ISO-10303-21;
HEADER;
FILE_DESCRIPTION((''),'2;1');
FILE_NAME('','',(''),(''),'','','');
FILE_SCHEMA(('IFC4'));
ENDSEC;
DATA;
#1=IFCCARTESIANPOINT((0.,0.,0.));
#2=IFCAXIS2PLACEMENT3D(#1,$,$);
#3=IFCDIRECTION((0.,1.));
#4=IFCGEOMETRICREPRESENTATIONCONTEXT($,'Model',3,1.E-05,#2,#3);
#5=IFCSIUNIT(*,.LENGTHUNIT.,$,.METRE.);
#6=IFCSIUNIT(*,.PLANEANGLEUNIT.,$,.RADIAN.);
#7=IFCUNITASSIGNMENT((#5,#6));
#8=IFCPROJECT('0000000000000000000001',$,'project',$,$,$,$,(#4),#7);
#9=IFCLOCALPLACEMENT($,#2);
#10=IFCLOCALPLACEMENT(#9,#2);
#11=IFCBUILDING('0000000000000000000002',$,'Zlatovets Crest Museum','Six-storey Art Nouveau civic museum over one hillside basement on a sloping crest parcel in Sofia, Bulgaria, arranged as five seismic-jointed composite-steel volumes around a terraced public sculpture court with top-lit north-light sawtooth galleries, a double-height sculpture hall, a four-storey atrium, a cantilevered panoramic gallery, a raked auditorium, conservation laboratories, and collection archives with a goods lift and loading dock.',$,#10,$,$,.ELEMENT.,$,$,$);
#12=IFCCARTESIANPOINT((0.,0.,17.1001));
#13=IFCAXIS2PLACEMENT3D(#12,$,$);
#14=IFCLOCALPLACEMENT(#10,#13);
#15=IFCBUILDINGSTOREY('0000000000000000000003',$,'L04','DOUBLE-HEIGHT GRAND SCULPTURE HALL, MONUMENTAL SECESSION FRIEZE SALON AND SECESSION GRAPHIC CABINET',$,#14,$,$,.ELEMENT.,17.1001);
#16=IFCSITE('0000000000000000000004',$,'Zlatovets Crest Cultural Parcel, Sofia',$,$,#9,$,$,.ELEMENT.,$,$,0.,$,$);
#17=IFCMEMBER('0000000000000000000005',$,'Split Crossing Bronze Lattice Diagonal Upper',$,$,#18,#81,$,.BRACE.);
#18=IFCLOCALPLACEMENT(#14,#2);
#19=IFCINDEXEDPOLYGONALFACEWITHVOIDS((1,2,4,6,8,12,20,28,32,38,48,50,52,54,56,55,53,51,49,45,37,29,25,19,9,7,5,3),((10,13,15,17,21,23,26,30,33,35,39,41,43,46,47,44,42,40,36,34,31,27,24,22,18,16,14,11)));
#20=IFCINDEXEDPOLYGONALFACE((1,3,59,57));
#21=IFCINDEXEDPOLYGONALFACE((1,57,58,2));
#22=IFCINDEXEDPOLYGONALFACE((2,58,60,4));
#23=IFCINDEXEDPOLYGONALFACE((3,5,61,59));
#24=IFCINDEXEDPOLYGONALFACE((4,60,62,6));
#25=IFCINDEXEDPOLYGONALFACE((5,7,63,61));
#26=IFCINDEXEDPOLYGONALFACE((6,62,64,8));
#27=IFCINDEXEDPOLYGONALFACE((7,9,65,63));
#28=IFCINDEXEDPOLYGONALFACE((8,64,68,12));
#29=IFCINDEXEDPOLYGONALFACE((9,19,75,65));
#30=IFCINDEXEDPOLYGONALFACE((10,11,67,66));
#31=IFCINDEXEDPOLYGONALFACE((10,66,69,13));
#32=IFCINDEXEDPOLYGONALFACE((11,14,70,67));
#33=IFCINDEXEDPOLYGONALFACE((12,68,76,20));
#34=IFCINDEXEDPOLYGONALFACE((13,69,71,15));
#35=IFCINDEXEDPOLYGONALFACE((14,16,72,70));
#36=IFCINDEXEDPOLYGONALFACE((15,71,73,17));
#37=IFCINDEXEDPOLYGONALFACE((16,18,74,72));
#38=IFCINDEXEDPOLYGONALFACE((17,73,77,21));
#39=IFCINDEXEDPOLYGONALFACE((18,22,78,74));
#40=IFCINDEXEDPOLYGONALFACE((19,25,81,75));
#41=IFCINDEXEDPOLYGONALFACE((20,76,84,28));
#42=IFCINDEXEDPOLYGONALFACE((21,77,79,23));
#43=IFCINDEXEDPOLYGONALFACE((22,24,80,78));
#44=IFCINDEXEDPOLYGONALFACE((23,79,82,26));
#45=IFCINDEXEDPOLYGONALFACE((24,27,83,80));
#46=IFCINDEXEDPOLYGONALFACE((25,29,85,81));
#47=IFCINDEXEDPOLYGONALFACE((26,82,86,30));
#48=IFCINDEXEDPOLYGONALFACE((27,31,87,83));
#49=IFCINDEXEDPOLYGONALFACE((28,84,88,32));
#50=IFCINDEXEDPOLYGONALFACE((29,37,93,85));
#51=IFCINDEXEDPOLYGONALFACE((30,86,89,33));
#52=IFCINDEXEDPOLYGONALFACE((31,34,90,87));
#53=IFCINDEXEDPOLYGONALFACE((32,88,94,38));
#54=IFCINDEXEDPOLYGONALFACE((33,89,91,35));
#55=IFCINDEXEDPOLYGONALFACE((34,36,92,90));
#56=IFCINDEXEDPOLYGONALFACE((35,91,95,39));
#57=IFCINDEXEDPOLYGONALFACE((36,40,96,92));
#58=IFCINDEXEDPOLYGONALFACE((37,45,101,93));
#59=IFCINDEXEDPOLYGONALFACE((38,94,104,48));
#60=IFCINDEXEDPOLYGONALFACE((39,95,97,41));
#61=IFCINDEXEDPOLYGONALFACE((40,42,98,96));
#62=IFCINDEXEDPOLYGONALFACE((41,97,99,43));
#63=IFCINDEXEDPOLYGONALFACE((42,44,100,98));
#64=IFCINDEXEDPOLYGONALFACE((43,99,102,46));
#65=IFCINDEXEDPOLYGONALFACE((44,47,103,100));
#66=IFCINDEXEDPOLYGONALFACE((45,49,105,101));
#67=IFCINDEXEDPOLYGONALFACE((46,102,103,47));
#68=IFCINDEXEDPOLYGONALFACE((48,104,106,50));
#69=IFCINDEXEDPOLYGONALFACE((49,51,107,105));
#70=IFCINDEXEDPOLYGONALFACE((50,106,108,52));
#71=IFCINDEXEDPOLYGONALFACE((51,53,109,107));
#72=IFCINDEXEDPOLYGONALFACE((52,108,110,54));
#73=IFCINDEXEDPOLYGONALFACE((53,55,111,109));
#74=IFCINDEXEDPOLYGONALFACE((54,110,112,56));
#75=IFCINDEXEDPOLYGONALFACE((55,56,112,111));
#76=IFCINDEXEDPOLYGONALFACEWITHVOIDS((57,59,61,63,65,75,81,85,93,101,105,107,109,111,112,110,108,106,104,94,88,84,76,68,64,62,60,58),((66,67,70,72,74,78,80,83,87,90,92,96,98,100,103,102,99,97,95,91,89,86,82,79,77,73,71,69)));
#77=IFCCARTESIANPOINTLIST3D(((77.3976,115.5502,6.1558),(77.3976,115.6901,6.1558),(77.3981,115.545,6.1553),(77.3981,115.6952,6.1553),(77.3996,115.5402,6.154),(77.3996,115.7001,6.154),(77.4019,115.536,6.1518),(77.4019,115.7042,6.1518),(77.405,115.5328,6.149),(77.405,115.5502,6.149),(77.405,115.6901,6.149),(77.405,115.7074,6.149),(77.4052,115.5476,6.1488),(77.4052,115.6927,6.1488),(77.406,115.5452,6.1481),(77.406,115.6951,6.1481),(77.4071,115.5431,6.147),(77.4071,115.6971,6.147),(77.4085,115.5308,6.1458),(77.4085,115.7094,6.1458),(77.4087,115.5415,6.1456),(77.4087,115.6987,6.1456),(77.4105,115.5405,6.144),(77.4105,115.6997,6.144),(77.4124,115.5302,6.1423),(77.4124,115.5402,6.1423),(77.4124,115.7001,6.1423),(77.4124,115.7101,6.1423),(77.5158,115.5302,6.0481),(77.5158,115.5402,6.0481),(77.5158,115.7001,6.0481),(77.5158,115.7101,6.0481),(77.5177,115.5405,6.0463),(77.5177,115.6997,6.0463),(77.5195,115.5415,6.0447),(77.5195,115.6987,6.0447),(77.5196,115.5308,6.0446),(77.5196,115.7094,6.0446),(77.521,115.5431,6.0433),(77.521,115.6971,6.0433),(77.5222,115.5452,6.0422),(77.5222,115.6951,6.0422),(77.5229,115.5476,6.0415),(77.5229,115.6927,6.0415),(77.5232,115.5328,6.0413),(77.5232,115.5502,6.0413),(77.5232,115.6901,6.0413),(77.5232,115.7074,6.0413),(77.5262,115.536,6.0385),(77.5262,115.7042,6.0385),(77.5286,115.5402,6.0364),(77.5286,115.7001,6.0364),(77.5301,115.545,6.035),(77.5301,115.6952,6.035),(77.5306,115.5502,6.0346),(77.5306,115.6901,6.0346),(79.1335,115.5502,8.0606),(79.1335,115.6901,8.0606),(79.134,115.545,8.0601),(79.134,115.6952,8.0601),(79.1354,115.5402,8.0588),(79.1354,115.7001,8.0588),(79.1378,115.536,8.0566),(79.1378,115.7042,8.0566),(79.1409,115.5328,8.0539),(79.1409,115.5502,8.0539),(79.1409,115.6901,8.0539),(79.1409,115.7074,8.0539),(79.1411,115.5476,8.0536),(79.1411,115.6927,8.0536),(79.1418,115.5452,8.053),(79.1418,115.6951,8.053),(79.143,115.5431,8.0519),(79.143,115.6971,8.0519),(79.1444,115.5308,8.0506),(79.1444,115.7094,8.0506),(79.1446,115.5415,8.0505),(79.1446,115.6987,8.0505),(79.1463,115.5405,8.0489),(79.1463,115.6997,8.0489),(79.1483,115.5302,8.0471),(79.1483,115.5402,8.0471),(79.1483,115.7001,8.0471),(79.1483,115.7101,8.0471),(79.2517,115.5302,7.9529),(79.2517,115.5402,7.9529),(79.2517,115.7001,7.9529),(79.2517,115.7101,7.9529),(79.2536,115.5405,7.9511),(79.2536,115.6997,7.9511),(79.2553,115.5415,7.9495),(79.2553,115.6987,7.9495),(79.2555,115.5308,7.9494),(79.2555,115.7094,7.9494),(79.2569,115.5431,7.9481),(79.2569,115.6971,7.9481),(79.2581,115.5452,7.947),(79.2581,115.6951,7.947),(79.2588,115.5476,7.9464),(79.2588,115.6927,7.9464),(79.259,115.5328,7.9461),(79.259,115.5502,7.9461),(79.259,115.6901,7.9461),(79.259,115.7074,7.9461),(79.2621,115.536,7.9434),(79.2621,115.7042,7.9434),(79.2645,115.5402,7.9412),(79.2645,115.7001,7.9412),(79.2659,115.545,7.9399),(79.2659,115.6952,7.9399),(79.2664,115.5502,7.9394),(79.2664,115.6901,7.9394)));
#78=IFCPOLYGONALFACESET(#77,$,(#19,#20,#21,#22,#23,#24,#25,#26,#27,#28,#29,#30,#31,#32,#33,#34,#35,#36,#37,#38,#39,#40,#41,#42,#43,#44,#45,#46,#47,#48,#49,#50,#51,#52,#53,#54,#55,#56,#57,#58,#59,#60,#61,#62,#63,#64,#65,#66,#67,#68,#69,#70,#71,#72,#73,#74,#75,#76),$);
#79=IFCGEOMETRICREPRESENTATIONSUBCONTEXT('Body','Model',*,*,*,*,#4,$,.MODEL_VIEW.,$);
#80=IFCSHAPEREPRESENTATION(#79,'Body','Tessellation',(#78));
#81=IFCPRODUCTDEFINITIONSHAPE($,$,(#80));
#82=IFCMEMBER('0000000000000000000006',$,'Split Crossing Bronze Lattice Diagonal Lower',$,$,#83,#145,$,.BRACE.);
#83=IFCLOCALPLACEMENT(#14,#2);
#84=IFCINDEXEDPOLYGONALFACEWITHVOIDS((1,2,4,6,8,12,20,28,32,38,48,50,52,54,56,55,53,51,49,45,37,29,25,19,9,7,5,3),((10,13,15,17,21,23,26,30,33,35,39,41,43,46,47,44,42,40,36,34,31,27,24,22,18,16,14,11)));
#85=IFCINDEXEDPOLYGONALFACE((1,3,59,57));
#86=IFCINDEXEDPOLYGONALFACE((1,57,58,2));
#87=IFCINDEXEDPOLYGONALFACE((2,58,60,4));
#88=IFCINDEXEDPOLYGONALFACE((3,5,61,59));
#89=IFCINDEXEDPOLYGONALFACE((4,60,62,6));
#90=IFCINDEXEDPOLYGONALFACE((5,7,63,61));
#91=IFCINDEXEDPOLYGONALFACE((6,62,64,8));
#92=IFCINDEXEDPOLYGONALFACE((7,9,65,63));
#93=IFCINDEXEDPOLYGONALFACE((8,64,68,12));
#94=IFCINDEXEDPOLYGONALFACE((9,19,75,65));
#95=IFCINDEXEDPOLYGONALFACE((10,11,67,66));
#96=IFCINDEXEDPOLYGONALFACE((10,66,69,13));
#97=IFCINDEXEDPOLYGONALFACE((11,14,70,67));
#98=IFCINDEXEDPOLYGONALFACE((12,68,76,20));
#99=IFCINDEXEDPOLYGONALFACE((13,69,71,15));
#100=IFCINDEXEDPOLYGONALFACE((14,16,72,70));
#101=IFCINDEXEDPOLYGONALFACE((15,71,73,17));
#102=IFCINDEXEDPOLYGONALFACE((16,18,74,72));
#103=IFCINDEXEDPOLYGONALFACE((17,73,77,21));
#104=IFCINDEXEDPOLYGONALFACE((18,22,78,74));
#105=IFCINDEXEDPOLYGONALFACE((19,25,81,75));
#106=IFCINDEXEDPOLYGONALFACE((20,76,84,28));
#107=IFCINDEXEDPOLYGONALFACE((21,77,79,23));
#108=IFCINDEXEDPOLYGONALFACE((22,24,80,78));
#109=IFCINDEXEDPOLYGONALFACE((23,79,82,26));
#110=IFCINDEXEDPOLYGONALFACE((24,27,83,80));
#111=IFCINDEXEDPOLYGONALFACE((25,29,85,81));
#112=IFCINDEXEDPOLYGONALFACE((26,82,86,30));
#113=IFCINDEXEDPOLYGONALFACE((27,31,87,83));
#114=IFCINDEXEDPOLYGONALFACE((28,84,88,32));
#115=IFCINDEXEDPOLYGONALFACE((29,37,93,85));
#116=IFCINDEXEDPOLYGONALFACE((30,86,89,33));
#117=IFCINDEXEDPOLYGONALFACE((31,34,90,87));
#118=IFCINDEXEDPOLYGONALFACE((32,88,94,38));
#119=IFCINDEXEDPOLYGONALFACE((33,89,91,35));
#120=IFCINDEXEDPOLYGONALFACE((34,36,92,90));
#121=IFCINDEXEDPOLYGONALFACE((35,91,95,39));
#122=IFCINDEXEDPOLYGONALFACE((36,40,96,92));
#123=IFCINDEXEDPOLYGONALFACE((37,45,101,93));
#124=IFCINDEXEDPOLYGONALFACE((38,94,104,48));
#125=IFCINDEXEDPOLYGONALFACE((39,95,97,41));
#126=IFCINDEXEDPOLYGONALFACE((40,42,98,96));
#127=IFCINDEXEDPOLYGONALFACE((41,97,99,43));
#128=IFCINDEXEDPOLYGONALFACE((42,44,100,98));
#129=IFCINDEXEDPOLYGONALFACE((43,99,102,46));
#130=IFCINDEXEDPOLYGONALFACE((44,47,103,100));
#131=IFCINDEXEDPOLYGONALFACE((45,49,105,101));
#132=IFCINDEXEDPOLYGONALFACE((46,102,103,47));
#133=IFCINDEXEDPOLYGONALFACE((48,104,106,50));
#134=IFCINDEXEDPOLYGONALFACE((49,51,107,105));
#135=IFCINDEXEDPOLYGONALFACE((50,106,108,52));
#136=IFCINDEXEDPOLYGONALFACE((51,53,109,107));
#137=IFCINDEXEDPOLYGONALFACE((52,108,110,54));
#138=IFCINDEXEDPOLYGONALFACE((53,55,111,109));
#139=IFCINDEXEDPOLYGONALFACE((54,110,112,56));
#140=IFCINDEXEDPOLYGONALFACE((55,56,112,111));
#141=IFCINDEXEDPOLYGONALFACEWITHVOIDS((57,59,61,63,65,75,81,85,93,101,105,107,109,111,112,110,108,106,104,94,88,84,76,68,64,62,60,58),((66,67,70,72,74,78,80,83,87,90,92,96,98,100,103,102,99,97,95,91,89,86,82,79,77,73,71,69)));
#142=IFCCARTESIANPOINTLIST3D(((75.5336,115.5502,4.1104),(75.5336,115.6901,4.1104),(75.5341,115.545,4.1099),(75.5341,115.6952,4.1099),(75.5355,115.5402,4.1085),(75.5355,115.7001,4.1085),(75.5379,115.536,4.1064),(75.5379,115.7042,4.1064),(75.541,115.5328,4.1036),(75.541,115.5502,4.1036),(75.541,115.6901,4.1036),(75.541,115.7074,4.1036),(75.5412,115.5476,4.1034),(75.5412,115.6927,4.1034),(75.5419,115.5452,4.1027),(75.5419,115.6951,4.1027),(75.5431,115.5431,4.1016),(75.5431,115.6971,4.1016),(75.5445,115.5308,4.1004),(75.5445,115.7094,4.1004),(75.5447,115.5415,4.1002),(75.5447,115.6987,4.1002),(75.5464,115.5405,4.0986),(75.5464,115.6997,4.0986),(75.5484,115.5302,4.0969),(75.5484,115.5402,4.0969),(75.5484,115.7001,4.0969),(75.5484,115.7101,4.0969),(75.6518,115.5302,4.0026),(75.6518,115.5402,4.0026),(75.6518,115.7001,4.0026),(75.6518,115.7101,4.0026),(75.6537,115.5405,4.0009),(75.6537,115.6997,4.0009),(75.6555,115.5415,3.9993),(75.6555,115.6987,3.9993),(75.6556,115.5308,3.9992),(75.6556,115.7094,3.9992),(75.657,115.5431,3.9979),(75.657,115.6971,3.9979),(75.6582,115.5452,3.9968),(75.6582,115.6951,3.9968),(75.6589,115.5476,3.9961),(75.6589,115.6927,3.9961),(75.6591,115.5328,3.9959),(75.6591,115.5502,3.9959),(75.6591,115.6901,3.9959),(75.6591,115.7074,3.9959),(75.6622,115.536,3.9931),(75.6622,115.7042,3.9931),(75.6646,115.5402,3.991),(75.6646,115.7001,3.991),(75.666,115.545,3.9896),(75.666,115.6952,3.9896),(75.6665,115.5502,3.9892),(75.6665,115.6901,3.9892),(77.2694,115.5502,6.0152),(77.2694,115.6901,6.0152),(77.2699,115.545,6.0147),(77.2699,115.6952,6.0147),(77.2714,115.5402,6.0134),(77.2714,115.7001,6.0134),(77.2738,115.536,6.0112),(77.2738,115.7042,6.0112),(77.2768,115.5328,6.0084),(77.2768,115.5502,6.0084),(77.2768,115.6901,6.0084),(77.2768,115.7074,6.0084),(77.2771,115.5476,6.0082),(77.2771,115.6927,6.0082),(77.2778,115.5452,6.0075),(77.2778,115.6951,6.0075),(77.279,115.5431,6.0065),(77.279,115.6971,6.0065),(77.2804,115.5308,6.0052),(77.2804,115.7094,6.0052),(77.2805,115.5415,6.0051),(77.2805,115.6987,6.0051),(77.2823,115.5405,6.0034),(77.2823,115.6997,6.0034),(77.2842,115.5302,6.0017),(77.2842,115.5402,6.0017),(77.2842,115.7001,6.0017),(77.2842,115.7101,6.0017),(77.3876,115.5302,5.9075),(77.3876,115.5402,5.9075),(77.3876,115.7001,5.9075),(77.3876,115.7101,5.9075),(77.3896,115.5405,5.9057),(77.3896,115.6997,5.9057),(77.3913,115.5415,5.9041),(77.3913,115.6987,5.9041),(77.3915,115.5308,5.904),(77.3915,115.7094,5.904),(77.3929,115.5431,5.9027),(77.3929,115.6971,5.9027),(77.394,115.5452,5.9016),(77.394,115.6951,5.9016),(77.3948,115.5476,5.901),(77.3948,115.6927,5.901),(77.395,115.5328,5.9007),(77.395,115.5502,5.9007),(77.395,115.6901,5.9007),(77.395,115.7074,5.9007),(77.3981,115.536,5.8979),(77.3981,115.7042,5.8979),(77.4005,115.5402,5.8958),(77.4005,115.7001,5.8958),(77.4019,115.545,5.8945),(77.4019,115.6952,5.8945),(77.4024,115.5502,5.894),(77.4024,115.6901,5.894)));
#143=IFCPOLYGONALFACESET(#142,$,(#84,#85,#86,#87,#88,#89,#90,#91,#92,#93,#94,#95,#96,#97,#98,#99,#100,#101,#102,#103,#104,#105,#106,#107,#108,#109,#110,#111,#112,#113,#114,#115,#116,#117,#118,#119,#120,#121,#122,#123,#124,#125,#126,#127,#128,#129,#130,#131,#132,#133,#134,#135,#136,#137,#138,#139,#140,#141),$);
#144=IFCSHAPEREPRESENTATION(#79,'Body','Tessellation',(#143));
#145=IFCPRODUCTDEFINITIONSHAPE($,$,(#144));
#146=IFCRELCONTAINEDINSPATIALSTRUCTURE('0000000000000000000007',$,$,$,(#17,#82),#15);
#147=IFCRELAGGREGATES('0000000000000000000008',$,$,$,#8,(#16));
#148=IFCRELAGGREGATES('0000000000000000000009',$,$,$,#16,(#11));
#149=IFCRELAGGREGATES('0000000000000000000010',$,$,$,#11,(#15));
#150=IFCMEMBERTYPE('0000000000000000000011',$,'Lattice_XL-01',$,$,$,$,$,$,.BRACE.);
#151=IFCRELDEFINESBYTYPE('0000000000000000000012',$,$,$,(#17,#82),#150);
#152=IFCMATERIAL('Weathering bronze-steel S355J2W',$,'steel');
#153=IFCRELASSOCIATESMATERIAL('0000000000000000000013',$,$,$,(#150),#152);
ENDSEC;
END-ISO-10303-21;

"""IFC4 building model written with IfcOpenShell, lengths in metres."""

from ifc_helpers import new_model, si_unit, direction, frame, origin, origin_2d, place, context, subcontext, project, spatial, hollow_rectangle, extrude, material, material_profile, profile_set, type_object, element, save


model = new_model("IFC4")

# Units and contexts
model_context = context("Model", 3, precision=1e-05, world=origin(), true_north=direction((0.0, 1.0)))
body_context = subcontext(model_context, "Body", "Model", "MODEL_VIEW")
ifc_project = project(units=[si_unit("LENGTHUNIT", "METRE"), si_unit("PLANEANGLEUNIT", "RADIAN")], contexts=[model_context])

# Site, building, storey
site_placement = place(None, origin())
site = spatial("IfcSite", under=ifc_project, at=site_placement, Name="Zlatovets Crest Cultural Parcel, Sofia", CompositionType="ELEMENT", RefElevation=0.0)
building_placement = place(site_placement, origin())
building = spatial("IfcBuilding", under=site, at=building_placement, Name="Zlatovets Crest Museum", Description="Six-storey Art Nouveau civic museum over one hillside basement on a sloping crest parcel in Sofia, Bulgaria, arranged as five seismic-jointed composite-steel volumes around a terraced public sculpture court with top-lit north-light sawtooth galleries, a double-height sculpture hall, a four-storey atrium, a cantilevered panoramic gallery, a raked auditorium, conservation laboratories, and collection archives with a goods lift and loading dock.", CompositionType="ELEMENT")
storey_placement = place(building_placement, frame((0.0, 0.0, 17.1001)))
storey = spatial("IfcBuildingStorey", under=building, at=storey_placement, Name="L04", Description="DOUBLE-HEIGHT GRAND SCULPTURE HALL, MONUMENTAL SECESSION FRIEZE SALON AND SECESSION GRAPHIC CABINET", CompositionType="ELEMENT", Elevation=17.1001)

# Members
ifc_material_1 = material(Name="Weathering bronze-steel S355J2W", Category="steel")
ifc_material_profile_1 = material_profile(ifc_material_1, hollow_rectangle(XDim=0.1799, YDim=0.1799, WallThickness=0.01, InnerFilletRadius=0.01, OuterFilletRadius=0.02, at=origin_2d()), Name="SHS 180x180x10.0")
ifc_profile_set_1 = profile_set([ifc_material_profile_1], Name="Weathering bronze-steel S355J2W")
member_type_1 = type_object("IfcMemberType", Name="Lattice_XL-01", PredefinedType="BRACE", material=ifc_profile_set_1)
for number, where, z_axis, x_axis, name in (
    (1, (79.2, 115.6201, 8.0), (-0.673568, 0.0, -0.739125), (0.0, -1.0, 0.0), "Split Crossing Bronze Lattice Diagonal Upper"),
    (2, (77.3359, 115.6201, 5.9546), (-0.673568, 0.0, -0.739125), (0.0, -1.0, 0.0), "Split Crossing Bronze Lattice Diagonal Lower"),
):
    element("IfcMember", number, at=place(storey_placement, frame(where, z_axis=z_axis, x_axis=x_axis)), inside=storey, type_object=member_type_1, Name=name, PredefinedType="BRACE", context=body_context, shape_type="SweptSolid", body=[
        extrude(hollow_rectangle(XDim=0.1799, YDim=0.1799, WallThickness=0.01, InnerFilletRadius=0.01, OuterFilletRadius=0.02, at=origin_2d()), origin(), (0.0, 0.0, 1.0), 2.5771),
    ])

save(model, "model.ifc")
